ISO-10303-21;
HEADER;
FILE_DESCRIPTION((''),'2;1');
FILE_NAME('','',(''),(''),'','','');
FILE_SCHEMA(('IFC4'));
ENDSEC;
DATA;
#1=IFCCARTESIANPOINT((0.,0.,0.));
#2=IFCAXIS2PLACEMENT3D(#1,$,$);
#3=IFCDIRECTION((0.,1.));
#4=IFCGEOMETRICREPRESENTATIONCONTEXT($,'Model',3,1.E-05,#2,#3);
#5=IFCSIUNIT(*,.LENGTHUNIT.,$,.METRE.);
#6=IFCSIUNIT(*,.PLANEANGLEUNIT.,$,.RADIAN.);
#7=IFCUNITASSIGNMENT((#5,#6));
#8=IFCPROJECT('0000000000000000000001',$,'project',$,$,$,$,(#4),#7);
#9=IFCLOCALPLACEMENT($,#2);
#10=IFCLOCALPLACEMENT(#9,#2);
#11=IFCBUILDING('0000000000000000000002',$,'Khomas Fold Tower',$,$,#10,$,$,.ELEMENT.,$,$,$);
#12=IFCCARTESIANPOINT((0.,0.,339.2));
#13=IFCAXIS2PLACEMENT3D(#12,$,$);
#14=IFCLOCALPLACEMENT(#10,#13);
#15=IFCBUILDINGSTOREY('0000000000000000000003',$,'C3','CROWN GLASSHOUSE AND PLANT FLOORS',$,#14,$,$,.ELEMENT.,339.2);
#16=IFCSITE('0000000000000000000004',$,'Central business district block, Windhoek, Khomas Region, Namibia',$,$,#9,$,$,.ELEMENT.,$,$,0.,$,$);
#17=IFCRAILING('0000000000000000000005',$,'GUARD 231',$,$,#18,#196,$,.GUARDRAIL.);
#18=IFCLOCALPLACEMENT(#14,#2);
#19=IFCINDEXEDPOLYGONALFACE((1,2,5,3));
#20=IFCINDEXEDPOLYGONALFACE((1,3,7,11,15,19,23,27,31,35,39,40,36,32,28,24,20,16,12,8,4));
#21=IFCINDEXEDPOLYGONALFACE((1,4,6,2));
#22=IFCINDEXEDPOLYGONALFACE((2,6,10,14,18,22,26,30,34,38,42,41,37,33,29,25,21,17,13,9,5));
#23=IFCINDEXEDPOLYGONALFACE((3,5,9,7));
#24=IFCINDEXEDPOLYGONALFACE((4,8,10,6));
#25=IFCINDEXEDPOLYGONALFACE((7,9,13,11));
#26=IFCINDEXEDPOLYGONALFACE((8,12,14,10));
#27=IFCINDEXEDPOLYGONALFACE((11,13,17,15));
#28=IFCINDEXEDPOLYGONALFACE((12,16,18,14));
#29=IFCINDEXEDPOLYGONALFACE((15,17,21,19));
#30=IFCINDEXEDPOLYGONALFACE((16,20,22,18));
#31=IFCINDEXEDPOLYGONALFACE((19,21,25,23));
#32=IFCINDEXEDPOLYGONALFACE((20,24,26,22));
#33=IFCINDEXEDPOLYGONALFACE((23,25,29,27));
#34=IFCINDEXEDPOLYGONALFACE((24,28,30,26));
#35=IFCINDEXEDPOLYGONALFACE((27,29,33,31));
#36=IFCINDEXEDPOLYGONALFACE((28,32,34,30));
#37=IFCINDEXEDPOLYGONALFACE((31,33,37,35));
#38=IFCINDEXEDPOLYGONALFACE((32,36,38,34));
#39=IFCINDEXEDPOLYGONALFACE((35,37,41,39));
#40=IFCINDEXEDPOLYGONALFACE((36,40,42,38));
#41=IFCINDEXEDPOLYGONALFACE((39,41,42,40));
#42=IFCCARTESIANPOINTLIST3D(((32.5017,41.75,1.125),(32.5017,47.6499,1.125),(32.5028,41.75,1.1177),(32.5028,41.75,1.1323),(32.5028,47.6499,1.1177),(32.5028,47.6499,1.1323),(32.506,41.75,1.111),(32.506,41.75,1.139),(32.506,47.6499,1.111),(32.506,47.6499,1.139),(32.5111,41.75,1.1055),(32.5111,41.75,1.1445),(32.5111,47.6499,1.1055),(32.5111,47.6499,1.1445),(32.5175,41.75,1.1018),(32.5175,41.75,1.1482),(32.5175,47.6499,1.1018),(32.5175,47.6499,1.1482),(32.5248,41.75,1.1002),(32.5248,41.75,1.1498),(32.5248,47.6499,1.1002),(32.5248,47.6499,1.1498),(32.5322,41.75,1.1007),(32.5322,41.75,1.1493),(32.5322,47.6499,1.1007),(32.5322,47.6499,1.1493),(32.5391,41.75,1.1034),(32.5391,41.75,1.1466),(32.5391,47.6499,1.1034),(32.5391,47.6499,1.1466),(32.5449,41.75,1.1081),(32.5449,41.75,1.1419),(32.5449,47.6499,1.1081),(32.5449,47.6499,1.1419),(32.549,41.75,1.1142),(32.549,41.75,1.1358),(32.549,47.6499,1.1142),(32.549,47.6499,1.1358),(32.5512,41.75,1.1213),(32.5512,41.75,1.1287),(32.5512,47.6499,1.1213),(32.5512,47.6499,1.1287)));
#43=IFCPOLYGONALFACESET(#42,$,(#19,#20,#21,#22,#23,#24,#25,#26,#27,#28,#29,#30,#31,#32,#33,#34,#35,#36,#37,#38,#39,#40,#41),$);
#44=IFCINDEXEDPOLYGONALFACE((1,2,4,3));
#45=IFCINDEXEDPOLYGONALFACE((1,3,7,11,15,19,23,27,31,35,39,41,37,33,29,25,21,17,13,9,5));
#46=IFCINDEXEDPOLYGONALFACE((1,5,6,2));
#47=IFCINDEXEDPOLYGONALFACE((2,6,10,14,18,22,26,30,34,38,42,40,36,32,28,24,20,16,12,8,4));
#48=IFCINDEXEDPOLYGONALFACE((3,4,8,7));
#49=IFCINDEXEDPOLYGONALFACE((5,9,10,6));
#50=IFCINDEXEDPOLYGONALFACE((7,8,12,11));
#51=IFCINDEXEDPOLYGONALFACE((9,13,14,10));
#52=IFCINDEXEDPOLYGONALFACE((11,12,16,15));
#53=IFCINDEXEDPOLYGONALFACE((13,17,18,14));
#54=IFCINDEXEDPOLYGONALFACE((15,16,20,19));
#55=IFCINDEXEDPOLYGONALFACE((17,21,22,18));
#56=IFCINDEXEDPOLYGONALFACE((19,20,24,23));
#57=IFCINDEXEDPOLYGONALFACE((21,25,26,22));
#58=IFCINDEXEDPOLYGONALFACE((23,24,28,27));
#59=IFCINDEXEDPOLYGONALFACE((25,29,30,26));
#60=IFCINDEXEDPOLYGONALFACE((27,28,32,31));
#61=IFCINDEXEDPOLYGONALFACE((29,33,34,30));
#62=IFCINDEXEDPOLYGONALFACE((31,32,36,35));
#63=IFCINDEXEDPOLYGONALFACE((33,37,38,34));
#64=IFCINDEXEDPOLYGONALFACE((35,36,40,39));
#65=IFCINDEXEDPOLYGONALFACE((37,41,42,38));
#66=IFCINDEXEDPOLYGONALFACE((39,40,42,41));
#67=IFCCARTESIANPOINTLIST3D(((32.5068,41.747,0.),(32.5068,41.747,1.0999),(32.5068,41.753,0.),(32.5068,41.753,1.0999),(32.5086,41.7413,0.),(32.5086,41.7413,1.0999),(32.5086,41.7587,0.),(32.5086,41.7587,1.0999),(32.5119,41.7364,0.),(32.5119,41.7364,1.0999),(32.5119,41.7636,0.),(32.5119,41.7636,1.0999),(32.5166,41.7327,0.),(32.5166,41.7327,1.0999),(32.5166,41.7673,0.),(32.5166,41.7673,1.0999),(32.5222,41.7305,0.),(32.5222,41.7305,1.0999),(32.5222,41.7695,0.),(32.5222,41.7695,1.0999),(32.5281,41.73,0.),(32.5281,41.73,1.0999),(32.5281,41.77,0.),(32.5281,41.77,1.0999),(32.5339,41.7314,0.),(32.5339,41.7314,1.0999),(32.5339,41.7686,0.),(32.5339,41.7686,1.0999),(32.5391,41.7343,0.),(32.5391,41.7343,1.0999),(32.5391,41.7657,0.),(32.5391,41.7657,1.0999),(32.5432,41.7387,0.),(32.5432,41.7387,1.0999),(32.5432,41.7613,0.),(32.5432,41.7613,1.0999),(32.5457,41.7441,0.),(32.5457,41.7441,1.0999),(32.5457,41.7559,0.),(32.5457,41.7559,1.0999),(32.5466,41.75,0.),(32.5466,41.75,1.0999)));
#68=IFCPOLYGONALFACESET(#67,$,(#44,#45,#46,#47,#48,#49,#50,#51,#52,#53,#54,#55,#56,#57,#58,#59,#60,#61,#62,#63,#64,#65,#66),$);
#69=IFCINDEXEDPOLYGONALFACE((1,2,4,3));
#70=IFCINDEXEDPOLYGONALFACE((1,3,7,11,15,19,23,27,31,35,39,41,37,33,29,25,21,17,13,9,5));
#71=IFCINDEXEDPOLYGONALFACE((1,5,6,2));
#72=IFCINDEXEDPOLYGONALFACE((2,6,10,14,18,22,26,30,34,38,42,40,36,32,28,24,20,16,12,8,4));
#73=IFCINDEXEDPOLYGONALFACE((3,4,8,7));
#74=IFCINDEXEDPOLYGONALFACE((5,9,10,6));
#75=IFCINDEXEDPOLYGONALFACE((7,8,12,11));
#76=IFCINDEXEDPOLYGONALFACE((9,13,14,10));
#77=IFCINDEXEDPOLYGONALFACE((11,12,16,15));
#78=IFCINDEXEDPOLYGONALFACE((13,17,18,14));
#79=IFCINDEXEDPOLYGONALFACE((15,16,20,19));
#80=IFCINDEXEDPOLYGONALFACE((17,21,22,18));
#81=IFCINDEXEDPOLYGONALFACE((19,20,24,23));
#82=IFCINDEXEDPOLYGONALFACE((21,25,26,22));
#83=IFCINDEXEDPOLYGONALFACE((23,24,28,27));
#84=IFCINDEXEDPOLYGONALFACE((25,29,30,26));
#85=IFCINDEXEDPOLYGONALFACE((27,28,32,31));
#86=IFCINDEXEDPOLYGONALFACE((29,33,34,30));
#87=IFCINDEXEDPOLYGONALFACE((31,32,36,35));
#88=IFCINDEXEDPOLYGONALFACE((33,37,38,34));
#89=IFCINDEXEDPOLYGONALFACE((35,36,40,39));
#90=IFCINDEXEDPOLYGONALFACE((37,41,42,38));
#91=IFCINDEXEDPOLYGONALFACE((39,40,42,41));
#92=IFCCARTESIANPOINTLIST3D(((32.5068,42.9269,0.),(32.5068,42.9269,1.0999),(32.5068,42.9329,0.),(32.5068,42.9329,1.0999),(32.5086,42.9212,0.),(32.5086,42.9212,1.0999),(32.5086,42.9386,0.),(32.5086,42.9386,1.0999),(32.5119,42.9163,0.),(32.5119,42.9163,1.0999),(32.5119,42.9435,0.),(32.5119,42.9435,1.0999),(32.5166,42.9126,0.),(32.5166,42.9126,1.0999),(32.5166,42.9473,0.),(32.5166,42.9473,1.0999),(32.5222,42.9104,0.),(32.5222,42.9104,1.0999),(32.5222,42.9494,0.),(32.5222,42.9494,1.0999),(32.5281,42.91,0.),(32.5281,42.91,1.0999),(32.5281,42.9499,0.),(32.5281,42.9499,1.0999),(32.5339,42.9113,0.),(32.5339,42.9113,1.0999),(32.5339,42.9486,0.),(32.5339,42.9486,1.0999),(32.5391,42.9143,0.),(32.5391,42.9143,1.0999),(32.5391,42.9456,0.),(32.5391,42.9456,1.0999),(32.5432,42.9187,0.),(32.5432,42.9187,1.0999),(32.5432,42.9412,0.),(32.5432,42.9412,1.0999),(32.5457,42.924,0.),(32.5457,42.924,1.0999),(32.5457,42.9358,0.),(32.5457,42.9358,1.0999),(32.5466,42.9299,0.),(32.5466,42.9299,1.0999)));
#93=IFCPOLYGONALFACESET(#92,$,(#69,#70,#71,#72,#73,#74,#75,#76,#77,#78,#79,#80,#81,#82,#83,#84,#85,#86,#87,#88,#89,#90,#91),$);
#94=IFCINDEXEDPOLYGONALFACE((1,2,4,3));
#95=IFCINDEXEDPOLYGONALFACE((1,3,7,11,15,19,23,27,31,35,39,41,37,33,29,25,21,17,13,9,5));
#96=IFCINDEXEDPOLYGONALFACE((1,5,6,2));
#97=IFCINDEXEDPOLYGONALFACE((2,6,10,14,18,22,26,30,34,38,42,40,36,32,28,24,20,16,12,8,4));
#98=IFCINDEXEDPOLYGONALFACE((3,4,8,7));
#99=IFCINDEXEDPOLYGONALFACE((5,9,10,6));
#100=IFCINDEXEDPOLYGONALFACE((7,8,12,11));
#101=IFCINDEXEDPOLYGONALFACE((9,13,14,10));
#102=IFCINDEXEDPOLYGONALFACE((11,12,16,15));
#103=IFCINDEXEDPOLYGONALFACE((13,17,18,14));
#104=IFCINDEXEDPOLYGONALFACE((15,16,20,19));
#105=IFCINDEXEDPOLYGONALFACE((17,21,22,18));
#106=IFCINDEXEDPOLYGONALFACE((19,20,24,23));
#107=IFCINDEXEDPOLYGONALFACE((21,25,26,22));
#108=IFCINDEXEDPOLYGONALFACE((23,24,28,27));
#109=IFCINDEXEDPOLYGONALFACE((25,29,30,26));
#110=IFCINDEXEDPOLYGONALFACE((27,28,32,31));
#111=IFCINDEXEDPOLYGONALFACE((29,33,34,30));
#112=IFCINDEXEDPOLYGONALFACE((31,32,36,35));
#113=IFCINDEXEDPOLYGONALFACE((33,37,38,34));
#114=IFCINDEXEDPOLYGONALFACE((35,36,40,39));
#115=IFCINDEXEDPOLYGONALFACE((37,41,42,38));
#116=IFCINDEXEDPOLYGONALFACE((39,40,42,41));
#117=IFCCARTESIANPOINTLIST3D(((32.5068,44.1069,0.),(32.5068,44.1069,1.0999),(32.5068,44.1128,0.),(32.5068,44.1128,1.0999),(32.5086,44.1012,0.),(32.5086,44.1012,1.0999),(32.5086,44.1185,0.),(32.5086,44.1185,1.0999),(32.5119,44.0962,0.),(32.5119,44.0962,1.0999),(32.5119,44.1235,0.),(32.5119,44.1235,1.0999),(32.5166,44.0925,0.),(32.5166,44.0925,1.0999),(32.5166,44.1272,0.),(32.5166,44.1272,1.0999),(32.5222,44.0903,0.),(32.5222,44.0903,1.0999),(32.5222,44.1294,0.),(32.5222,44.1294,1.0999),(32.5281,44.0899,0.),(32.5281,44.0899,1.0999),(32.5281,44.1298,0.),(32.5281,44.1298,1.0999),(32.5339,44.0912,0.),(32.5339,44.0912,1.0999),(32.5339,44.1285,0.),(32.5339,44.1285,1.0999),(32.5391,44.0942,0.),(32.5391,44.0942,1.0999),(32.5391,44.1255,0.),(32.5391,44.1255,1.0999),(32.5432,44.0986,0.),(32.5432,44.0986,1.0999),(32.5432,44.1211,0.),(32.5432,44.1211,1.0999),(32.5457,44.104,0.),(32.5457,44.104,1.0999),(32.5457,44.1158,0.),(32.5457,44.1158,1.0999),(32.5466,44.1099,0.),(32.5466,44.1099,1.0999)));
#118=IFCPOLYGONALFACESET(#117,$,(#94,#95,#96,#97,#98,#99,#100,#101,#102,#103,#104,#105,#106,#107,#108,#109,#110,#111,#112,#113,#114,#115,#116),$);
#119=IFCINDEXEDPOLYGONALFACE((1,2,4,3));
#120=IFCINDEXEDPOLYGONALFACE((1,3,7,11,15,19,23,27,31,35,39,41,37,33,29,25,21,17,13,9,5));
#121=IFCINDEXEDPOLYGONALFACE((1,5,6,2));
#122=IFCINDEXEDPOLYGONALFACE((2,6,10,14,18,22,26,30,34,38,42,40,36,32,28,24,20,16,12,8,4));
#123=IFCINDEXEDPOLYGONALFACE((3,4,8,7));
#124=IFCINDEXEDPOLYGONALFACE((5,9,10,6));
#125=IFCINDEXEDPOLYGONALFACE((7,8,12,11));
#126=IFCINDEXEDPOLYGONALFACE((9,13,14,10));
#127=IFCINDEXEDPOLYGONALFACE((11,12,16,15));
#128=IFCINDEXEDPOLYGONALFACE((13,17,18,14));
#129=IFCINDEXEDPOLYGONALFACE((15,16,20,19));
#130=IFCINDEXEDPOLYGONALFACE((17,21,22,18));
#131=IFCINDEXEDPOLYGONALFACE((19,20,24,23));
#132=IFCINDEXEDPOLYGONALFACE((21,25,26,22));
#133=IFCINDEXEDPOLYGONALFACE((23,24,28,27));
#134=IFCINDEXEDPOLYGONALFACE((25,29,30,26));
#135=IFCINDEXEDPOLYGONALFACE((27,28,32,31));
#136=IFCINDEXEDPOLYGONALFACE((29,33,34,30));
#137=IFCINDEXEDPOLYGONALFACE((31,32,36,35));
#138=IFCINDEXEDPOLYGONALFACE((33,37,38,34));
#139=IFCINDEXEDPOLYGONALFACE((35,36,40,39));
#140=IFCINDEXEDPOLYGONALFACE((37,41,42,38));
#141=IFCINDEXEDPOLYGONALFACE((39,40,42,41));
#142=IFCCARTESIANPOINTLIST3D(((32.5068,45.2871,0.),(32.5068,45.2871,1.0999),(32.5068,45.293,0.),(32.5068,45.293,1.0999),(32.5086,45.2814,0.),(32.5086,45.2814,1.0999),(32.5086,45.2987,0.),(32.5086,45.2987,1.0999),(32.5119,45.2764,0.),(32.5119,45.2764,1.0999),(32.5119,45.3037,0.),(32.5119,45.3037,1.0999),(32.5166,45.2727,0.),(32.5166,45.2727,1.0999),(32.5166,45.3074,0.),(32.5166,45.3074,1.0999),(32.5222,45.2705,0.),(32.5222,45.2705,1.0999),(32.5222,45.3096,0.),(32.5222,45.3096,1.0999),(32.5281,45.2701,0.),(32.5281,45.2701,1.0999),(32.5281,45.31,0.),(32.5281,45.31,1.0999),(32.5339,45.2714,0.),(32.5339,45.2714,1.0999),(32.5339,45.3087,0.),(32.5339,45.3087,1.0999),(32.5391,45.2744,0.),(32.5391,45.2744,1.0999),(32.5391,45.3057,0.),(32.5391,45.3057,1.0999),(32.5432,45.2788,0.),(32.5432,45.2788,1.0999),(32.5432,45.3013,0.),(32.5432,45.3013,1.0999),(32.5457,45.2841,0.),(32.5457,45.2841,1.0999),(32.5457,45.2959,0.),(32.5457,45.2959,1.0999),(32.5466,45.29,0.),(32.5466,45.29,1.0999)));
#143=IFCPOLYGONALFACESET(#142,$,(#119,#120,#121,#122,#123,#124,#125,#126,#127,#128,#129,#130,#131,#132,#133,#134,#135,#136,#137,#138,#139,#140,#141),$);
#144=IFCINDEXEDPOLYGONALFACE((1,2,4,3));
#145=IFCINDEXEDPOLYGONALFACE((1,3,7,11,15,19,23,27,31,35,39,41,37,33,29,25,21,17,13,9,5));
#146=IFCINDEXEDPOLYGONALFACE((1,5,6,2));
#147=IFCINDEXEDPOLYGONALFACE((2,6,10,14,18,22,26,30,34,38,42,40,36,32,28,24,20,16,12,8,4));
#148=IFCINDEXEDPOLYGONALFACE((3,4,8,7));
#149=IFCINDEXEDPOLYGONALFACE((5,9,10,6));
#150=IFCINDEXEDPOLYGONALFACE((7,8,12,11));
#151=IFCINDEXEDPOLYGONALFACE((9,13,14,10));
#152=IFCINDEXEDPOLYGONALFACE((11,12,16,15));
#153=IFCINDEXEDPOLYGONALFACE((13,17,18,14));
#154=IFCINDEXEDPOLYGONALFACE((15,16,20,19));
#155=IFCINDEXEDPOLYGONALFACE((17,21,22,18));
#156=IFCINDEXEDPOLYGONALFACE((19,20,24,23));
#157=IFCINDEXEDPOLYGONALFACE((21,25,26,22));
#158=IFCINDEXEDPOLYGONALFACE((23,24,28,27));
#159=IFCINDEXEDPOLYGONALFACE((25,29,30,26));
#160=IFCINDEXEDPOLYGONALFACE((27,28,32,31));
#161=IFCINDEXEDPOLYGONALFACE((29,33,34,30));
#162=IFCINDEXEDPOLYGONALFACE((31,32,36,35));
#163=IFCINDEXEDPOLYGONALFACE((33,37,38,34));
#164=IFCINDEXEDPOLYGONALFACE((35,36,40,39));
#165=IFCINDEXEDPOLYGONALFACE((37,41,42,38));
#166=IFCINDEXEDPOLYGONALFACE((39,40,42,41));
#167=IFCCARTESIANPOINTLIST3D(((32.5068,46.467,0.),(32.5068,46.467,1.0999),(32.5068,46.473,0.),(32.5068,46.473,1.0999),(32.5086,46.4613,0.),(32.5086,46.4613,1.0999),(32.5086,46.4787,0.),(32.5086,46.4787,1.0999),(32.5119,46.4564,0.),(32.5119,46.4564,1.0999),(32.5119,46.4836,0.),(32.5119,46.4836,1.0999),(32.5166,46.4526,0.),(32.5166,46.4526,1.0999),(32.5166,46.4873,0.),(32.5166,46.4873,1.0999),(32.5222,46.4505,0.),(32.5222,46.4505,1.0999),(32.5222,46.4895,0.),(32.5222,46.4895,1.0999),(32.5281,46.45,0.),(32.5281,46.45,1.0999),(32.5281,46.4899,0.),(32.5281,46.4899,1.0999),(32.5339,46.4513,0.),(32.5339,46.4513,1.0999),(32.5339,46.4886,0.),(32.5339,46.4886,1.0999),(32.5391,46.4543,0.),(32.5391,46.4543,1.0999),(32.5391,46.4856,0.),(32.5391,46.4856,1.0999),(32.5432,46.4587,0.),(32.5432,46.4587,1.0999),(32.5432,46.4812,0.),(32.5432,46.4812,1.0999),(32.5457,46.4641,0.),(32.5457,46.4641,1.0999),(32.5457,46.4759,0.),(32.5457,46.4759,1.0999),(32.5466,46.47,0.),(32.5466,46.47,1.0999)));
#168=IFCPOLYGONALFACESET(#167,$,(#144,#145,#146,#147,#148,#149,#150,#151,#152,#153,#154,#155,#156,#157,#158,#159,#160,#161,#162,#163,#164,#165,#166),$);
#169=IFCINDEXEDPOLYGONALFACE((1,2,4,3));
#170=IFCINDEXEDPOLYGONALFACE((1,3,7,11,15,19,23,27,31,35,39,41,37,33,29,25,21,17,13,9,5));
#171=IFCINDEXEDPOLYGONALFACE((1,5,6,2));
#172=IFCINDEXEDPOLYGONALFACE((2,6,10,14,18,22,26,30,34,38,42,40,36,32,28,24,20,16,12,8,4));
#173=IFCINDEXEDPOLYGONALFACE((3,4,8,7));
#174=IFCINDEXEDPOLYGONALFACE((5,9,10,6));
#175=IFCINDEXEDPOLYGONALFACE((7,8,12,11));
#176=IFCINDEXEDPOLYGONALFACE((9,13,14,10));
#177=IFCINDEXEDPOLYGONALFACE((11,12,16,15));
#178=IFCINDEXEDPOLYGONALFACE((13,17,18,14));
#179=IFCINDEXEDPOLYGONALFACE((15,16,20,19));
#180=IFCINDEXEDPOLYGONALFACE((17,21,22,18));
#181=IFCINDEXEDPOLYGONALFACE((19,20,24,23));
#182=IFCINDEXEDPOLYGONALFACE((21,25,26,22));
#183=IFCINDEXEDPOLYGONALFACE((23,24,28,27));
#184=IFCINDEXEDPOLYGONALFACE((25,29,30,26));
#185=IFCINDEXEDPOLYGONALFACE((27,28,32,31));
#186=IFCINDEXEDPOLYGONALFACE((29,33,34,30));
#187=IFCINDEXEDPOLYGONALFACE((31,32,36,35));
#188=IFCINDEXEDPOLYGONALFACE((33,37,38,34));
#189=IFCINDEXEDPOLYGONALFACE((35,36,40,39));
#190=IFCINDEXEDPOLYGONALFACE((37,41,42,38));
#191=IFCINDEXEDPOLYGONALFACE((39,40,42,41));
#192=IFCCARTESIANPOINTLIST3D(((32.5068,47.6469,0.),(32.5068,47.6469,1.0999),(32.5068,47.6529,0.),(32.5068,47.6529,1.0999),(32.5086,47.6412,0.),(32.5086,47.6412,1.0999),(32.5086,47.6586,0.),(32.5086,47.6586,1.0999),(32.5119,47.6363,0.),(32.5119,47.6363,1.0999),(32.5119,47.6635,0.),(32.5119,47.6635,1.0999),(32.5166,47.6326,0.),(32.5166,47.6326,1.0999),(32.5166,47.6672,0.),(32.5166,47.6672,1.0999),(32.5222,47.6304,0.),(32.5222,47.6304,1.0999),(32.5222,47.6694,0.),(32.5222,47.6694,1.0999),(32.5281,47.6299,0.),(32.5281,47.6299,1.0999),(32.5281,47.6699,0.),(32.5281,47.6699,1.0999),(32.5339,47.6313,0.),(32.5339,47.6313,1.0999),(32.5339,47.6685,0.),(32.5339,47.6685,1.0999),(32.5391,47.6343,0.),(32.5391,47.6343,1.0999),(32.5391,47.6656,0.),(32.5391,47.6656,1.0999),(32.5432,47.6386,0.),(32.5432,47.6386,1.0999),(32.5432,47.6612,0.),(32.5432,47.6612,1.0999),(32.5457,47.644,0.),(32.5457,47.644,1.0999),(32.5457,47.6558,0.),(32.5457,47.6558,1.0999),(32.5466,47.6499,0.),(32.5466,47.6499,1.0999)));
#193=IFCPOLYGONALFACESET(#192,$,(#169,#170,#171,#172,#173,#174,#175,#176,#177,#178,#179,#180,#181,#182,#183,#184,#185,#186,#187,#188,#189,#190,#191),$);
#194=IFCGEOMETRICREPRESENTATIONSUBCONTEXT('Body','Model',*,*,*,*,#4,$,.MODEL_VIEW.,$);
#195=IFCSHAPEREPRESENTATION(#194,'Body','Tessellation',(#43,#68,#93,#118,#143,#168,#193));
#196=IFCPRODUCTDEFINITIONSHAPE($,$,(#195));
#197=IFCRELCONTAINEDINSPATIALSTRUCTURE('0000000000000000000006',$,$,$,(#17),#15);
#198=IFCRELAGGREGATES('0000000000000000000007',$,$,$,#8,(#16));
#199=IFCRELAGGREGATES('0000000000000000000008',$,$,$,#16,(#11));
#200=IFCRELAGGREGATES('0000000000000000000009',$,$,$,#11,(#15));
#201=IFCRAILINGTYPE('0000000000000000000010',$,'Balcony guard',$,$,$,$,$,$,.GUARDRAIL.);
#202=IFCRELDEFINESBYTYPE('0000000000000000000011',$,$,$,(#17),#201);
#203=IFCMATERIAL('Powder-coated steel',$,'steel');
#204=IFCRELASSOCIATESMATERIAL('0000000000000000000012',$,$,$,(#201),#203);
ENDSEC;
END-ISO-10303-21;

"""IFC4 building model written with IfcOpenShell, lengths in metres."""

from ifc_helpers import new_model, si_unit, direction, frame, origin, origin_2d, place, context, subcontext, project, spatial, circle, extrude, source, transform, mapped, material, type_object, element, save


model = new_model("IFC4")

# Units and contexts
model_context = context("Model", 3, precision=1e-05, world=origin(), true_north=direction((0.0, 1.0)))
body_context = subcontext(model_context, "Body", "Model", "MODEL_VIEW")
ifc_project = project(units=[si_unit("LENGTHUNIT", "METRE"), si_unit("PLANEANGLEUNIT", "RADIAN")], contexts=[model_context])

# Site, building, storey
site_placement = place(None, origin())
site = spatial("IfcSite", under=ifc_project, at=site_placement, Name="Central business district block, Windhoek, Khomas Region, Namibia", CompositionType="ELEMENT", RefElevation=0.0)
building_placement = place(site_placement, origin())
building = spatial("IfcBuilding", under=site, at=building_placement, Name="Khomas Fold Tower", CompositionType="ELEMENT")
storey_placement = place(building_placement, frame((0.0, 0.0, 339.2)))
storey = spatial("IfcBuildingStorey", under=building, at=storey_placement, Name="C3", Description="CROWN GLASSHOUSE AND PLANT FLOORS", CompositionType="ELEMENT", Elevation=339.2)

# Railing
ifc_material_1 = material(Name="Powder-coated steel", Category="steel")
railing_type = type_object("IfcRailingType", Name="Balcony guard", PredefinedType="GUARDRAIL", material=ifc_material_1)
shared_shape_1 = source(origin(), body_context, "Body", "SweptSolid", [
    extrude(circle(Radius=0.0249, at=origin_2d()), frame((0.0, 0.0, 1.125), z_axis=(0.0, 1.0, 0.0), x_axis=(-1.0, 0.0, 0.0)), (0.0, 0.0, 1.0), 5.8999),
    extrude(circle(Radius=0.02, at=origin_2d()), origin(), (0.0, 0.0, 1.0), 1.0999),
    extrude(circle(Radius=0.02, at=origin_2d()), frame((0.0, 1.1799, 0.0)), (0.0, 0.0, 1.0), 1.0999),
    extrude(circle(Radius=0.02, at=origin_2d()), frame((0.0, 2.3599, 0.0)), (0.0, 0.0, 1.0), 1.0999),
    extrude(circle(Radius=0.02, at=origin_2d()), frame((0.0, 3.54, 0.0)), (0.0, 0.0, 1.0), 1.0999),
    extrude(circle(Radius=0.02, at=origin_2d()), frame((0.0, 4.72, 0.0)), (0.0, 0.0, 1.0), 1.0999),
    extrude(circle(Radius=0.02, at=origin_2d()), frame((0.0, 5.8999, 0.0)), (0.0, 0.0, 1.0), 1.0999),
])
railing_placement = place(storey_placement, frame((32.5266, 41.75, 0.0)))
element("IfcRailing", 1, at=railing_placement, inside=storey, type_object=railing_type, Name="GUARD 231", PredefinedType="GUARDRAIL", context=body_context, shape_type="MappedRepresentation", body=[
    mapped(shared_shape_1, transform((0.0, 0.0, 0.0))),
])

save(model, "model.ifc")
